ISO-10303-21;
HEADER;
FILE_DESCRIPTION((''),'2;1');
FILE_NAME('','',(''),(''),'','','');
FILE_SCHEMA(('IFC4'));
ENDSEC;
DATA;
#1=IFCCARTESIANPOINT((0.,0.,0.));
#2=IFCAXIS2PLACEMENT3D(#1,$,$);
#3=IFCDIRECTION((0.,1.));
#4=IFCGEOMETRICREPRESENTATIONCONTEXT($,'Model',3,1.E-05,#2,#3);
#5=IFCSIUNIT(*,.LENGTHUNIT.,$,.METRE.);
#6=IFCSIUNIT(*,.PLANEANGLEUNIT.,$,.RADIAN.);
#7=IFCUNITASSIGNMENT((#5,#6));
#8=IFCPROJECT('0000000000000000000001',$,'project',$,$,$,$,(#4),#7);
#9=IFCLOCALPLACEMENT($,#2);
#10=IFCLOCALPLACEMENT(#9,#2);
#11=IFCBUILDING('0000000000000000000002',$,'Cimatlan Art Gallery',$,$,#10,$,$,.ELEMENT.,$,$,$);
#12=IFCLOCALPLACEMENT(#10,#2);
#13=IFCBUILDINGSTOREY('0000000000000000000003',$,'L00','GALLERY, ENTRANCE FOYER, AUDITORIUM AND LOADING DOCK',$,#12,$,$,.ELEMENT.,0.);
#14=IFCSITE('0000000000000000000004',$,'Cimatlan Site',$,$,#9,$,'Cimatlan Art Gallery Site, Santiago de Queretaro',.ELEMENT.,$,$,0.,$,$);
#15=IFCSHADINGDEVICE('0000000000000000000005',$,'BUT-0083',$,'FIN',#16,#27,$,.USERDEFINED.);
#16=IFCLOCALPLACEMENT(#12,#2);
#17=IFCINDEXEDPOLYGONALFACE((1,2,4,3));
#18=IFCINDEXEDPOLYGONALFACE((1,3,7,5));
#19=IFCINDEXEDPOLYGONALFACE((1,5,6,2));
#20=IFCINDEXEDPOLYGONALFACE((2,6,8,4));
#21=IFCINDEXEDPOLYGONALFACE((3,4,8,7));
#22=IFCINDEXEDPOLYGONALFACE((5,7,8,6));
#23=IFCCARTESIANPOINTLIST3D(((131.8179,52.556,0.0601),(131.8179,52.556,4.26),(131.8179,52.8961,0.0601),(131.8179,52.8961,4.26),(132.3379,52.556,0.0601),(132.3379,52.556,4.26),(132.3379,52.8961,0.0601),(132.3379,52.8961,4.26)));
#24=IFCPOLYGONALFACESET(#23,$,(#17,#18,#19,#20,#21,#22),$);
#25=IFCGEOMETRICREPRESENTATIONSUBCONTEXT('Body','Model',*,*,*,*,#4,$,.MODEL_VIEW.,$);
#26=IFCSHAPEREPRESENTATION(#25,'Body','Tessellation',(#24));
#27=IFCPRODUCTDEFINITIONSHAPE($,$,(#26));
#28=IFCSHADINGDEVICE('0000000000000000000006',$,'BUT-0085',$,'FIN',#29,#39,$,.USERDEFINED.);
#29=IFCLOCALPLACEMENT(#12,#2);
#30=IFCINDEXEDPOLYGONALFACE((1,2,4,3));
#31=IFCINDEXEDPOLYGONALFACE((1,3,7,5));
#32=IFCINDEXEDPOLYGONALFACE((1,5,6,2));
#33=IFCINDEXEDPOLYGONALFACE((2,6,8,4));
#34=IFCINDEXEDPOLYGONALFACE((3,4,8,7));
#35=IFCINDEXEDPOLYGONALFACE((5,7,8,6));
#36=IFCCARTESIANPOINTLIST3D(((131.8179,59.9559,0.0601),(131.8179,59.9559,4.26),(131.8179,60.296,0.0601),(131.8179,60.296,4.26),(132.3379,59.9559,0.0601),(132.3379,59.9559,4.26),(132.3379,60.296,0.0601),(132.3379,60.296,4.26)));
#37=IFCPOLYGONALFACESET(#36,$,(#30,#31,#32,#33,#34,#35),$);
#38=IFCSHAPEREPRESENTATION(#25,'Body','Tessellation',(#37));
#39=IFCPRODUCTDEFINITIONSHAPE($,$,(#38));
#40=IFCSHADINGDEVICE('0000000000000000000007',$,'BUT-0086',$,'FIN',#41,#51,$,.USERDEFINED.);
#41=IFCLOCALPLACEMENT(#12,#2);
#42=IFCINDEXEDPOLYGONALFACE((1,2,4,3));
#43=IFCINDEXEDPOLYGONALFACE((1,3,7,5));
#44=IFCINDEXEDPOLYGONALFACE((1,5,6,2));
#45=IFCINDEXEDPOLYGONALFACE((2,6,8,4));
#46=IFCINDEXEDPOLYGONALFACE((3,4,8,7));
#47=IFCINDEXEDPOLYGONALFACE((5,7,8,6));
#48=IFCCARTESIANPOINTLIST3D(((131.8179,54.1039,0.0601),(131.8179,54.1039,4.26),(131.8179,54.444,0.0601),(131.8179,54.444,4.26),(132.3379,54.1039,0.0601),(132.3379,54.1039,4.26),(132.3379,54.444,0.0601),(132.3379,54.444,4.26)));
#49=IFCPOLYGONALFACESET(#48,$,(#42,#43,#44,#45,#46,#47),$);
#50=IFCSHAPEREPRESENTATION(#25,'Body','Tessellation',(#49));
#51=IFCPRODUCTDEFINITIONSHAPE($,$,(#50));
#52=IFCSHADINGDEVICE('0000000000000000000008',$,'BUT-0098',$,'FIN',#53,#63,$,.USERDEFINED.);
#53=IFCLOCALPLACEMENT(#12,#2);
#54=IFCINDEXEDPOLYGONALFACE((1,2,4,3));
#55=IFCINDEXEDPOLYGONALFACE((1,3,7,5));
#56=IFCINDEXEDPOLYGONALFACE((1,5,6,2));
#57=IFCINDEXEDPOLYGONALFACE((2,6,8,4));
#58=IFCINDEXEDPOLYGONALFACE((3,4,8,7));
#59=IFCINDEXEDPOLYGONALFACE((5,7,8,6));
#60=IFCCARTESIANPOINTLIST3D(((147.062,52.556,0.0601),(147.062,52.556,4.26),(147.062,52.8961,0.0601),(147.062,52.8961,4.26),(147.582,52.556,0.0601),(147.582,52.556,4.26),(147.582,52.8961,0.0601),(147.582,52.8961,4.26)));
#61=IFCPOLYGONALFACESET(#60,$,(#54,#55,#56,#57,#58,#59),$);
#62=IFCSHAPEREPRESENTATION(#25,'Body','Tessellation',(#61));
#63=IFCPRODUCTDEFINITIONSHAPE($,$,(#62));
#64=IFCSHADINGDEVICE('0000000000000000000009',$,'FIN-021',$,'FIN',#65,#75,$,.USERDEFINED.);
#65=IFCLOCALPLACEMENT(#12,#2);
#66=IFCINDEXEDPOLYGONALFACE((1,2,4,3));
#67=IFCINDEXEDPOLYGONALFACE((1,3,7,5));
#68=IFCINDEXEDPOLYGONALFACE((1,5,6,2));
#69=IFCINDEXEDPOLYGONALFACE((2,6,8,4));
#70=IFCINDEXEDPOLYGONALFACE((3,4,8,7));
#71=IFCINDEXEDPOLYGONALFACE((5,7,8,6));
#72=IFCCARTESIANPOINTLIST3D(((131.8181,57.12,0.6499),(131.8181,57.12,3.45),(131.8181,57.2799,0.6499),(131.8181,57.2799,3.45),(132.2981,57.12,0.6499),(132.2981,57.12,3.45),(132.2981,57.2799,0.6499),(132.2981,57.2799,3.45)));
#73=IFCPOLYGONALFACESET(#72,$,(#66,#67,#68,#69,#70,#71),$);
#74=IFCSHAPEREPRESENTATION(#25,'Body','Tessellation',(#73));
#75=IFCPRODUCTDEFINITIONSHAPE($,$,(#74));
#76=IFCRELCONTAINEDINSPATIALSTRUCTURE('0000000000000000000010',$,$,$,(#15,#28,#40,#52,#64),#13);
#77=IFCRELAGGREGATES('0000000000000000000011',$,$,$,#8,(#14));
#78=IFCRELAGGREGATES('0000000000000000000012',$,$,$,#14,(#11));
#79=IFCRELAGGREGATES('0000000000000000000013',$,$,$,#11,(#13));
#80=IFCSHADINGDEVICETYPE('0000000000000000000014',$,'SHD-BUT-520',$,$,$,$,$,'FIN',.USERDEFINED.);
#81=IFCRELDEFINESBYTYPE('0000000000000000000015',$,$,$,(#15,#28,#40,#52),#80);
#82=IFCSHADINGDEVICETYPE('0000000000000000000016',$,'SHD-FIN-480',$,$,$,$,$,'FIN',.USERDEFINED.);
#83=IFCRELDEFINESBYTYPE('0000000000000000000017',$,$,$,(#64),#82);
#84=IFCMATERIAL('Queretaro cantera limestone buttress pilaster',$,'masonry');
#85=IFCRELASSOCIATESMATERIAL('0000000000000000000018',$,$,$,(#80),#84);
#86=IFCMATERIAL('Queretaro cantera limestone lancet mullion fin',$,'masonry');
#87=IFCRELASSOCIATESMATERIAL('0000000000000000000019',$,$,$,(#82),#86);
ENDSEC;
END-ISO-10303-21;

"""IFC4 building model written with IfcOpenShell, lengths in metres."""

from ifc_helpers import new_model, si_unit, direction, frame, origin, origin_2d, place, context, subcontext, project, spatial, rectangle, extrude, material, type_object, element, save


model = new_model("IFC4")

# Units and contexts
model_context = context("Model", 3, precision=1e-05, world=origin(), true_north=direction((0.0, 1.0)))
body_context = subcontext(model_context, "Body", "Model", "MODEL_VIEW")
ifc_project = project(units=[si_unit("LENGTHUNIT", "METRE"), si_unit("PLANEANGLEUNIT", "RADIAN")], contexts=[model_context])

# Site, building, storey
site_placement = place(None, origin())
site = spatial("IfcSite", under=ifc_project, at=site_placement, Name="Cimatlan Site", LongName="Cimatlan Art Gallery Site, Santiago de Queretaro", CompositionType="ELEMENT", RefElevation=0.0)
building_placement = place(site_placement, origin())
building = spatial("IfcBuilding", under=site, at=building_placement, Name="Cimatlan Art Gallery", CompositionType="ELEMENT")
storey_placement = place(building_placement, origin())
storey = spatial("IfcBuildingStorey", under=building, at=storey_placement, Name="L00", Description="GALLERY, ENTRANCE FOYER, AUDITORIUM AND LOADING DOCK", CompositionType="ELEMENT", Elevation=0.0)

# Shading devices
ifc_material_1 = material(Name="Queretaro cantera limestone buttress pilaster", Category="masonry")
shading_device_type_1 = type_object("IfcShadingDeviceType", Name="SHD-BUT-520", ElementType="FIN", PredefinedType="USERDEFINED", material=ifc_material_1)
for number, where, z_axis, x_axis, name in (
    (1, (132.0779, 52.7261, 0.0601), (0.0, 0.0, 1.0), (0.0, -1.0, 0.0), "BUT-0083"),
    (2, (132.0779, 60.126, 0.0601), (0.0, 0.0, 1.0), (0.0, -1.0, 0.0), "BUT-0085"),
    (3, (132.0779, 54.2739, 0.0601), (0.0, 0.0, 1.0), (0.0, -1.0, 0.0), "BUT-0086"),
    (4, (147.322, 52.7261, 0.0601), (0.0, 0.0, 1.0), (0.0, 1.0, 0.0), "BUT-0098"),
):
    element("IfcShadingDevice", number, at=place(storey_placement, frame(where, z_axis=z_axis, x_axis=x_axis)), inside=storey, type_object=shading_device_type_1, Name=name, ObjectType="FIN", PredefinedType="USERDEFINED", context=body_context, shape_type="SweptSolid", body=[
        extrude(rectangle(XDim=0.3401, YDim=0.52, at=origin_2d()), origin(), (0.0, 0.0, 1.0), 4.2),
    ])
ifc_material_2 = material(Name="Queretaro cantera limestone lancet mullion fin", Category="masonry")
shading_device_type_2 = type_object("IfcShadingDeviceType", Name="SHD-FIN-480", ElementType="FIN", PredefinedType="USERDEFINED", material=ifc_material_2)
shading_device_placement = place(storey_placement, frame((132.0581, 57.2, 0.6499), z_axis=(0.0, 0.0, 1.0), x_axis=(0.0, -1.0, 0.0)))
element("IfcShadingDevice", 5, at=shading_device_placement, inside=storey, type_object=shading_device_type_2, Name="FIN-021", ObjectType="FIN", PredefinedType="USERDEFINED", context=body_context, shape_type="SweptSolid", body=[
    extrude(rectangle(XDim=0.1599, YDim=0.48, at=origin_2d()), origin(), (0.0, 0.0, 1.0), 2.8),
])

save(model, "model.ifc")
